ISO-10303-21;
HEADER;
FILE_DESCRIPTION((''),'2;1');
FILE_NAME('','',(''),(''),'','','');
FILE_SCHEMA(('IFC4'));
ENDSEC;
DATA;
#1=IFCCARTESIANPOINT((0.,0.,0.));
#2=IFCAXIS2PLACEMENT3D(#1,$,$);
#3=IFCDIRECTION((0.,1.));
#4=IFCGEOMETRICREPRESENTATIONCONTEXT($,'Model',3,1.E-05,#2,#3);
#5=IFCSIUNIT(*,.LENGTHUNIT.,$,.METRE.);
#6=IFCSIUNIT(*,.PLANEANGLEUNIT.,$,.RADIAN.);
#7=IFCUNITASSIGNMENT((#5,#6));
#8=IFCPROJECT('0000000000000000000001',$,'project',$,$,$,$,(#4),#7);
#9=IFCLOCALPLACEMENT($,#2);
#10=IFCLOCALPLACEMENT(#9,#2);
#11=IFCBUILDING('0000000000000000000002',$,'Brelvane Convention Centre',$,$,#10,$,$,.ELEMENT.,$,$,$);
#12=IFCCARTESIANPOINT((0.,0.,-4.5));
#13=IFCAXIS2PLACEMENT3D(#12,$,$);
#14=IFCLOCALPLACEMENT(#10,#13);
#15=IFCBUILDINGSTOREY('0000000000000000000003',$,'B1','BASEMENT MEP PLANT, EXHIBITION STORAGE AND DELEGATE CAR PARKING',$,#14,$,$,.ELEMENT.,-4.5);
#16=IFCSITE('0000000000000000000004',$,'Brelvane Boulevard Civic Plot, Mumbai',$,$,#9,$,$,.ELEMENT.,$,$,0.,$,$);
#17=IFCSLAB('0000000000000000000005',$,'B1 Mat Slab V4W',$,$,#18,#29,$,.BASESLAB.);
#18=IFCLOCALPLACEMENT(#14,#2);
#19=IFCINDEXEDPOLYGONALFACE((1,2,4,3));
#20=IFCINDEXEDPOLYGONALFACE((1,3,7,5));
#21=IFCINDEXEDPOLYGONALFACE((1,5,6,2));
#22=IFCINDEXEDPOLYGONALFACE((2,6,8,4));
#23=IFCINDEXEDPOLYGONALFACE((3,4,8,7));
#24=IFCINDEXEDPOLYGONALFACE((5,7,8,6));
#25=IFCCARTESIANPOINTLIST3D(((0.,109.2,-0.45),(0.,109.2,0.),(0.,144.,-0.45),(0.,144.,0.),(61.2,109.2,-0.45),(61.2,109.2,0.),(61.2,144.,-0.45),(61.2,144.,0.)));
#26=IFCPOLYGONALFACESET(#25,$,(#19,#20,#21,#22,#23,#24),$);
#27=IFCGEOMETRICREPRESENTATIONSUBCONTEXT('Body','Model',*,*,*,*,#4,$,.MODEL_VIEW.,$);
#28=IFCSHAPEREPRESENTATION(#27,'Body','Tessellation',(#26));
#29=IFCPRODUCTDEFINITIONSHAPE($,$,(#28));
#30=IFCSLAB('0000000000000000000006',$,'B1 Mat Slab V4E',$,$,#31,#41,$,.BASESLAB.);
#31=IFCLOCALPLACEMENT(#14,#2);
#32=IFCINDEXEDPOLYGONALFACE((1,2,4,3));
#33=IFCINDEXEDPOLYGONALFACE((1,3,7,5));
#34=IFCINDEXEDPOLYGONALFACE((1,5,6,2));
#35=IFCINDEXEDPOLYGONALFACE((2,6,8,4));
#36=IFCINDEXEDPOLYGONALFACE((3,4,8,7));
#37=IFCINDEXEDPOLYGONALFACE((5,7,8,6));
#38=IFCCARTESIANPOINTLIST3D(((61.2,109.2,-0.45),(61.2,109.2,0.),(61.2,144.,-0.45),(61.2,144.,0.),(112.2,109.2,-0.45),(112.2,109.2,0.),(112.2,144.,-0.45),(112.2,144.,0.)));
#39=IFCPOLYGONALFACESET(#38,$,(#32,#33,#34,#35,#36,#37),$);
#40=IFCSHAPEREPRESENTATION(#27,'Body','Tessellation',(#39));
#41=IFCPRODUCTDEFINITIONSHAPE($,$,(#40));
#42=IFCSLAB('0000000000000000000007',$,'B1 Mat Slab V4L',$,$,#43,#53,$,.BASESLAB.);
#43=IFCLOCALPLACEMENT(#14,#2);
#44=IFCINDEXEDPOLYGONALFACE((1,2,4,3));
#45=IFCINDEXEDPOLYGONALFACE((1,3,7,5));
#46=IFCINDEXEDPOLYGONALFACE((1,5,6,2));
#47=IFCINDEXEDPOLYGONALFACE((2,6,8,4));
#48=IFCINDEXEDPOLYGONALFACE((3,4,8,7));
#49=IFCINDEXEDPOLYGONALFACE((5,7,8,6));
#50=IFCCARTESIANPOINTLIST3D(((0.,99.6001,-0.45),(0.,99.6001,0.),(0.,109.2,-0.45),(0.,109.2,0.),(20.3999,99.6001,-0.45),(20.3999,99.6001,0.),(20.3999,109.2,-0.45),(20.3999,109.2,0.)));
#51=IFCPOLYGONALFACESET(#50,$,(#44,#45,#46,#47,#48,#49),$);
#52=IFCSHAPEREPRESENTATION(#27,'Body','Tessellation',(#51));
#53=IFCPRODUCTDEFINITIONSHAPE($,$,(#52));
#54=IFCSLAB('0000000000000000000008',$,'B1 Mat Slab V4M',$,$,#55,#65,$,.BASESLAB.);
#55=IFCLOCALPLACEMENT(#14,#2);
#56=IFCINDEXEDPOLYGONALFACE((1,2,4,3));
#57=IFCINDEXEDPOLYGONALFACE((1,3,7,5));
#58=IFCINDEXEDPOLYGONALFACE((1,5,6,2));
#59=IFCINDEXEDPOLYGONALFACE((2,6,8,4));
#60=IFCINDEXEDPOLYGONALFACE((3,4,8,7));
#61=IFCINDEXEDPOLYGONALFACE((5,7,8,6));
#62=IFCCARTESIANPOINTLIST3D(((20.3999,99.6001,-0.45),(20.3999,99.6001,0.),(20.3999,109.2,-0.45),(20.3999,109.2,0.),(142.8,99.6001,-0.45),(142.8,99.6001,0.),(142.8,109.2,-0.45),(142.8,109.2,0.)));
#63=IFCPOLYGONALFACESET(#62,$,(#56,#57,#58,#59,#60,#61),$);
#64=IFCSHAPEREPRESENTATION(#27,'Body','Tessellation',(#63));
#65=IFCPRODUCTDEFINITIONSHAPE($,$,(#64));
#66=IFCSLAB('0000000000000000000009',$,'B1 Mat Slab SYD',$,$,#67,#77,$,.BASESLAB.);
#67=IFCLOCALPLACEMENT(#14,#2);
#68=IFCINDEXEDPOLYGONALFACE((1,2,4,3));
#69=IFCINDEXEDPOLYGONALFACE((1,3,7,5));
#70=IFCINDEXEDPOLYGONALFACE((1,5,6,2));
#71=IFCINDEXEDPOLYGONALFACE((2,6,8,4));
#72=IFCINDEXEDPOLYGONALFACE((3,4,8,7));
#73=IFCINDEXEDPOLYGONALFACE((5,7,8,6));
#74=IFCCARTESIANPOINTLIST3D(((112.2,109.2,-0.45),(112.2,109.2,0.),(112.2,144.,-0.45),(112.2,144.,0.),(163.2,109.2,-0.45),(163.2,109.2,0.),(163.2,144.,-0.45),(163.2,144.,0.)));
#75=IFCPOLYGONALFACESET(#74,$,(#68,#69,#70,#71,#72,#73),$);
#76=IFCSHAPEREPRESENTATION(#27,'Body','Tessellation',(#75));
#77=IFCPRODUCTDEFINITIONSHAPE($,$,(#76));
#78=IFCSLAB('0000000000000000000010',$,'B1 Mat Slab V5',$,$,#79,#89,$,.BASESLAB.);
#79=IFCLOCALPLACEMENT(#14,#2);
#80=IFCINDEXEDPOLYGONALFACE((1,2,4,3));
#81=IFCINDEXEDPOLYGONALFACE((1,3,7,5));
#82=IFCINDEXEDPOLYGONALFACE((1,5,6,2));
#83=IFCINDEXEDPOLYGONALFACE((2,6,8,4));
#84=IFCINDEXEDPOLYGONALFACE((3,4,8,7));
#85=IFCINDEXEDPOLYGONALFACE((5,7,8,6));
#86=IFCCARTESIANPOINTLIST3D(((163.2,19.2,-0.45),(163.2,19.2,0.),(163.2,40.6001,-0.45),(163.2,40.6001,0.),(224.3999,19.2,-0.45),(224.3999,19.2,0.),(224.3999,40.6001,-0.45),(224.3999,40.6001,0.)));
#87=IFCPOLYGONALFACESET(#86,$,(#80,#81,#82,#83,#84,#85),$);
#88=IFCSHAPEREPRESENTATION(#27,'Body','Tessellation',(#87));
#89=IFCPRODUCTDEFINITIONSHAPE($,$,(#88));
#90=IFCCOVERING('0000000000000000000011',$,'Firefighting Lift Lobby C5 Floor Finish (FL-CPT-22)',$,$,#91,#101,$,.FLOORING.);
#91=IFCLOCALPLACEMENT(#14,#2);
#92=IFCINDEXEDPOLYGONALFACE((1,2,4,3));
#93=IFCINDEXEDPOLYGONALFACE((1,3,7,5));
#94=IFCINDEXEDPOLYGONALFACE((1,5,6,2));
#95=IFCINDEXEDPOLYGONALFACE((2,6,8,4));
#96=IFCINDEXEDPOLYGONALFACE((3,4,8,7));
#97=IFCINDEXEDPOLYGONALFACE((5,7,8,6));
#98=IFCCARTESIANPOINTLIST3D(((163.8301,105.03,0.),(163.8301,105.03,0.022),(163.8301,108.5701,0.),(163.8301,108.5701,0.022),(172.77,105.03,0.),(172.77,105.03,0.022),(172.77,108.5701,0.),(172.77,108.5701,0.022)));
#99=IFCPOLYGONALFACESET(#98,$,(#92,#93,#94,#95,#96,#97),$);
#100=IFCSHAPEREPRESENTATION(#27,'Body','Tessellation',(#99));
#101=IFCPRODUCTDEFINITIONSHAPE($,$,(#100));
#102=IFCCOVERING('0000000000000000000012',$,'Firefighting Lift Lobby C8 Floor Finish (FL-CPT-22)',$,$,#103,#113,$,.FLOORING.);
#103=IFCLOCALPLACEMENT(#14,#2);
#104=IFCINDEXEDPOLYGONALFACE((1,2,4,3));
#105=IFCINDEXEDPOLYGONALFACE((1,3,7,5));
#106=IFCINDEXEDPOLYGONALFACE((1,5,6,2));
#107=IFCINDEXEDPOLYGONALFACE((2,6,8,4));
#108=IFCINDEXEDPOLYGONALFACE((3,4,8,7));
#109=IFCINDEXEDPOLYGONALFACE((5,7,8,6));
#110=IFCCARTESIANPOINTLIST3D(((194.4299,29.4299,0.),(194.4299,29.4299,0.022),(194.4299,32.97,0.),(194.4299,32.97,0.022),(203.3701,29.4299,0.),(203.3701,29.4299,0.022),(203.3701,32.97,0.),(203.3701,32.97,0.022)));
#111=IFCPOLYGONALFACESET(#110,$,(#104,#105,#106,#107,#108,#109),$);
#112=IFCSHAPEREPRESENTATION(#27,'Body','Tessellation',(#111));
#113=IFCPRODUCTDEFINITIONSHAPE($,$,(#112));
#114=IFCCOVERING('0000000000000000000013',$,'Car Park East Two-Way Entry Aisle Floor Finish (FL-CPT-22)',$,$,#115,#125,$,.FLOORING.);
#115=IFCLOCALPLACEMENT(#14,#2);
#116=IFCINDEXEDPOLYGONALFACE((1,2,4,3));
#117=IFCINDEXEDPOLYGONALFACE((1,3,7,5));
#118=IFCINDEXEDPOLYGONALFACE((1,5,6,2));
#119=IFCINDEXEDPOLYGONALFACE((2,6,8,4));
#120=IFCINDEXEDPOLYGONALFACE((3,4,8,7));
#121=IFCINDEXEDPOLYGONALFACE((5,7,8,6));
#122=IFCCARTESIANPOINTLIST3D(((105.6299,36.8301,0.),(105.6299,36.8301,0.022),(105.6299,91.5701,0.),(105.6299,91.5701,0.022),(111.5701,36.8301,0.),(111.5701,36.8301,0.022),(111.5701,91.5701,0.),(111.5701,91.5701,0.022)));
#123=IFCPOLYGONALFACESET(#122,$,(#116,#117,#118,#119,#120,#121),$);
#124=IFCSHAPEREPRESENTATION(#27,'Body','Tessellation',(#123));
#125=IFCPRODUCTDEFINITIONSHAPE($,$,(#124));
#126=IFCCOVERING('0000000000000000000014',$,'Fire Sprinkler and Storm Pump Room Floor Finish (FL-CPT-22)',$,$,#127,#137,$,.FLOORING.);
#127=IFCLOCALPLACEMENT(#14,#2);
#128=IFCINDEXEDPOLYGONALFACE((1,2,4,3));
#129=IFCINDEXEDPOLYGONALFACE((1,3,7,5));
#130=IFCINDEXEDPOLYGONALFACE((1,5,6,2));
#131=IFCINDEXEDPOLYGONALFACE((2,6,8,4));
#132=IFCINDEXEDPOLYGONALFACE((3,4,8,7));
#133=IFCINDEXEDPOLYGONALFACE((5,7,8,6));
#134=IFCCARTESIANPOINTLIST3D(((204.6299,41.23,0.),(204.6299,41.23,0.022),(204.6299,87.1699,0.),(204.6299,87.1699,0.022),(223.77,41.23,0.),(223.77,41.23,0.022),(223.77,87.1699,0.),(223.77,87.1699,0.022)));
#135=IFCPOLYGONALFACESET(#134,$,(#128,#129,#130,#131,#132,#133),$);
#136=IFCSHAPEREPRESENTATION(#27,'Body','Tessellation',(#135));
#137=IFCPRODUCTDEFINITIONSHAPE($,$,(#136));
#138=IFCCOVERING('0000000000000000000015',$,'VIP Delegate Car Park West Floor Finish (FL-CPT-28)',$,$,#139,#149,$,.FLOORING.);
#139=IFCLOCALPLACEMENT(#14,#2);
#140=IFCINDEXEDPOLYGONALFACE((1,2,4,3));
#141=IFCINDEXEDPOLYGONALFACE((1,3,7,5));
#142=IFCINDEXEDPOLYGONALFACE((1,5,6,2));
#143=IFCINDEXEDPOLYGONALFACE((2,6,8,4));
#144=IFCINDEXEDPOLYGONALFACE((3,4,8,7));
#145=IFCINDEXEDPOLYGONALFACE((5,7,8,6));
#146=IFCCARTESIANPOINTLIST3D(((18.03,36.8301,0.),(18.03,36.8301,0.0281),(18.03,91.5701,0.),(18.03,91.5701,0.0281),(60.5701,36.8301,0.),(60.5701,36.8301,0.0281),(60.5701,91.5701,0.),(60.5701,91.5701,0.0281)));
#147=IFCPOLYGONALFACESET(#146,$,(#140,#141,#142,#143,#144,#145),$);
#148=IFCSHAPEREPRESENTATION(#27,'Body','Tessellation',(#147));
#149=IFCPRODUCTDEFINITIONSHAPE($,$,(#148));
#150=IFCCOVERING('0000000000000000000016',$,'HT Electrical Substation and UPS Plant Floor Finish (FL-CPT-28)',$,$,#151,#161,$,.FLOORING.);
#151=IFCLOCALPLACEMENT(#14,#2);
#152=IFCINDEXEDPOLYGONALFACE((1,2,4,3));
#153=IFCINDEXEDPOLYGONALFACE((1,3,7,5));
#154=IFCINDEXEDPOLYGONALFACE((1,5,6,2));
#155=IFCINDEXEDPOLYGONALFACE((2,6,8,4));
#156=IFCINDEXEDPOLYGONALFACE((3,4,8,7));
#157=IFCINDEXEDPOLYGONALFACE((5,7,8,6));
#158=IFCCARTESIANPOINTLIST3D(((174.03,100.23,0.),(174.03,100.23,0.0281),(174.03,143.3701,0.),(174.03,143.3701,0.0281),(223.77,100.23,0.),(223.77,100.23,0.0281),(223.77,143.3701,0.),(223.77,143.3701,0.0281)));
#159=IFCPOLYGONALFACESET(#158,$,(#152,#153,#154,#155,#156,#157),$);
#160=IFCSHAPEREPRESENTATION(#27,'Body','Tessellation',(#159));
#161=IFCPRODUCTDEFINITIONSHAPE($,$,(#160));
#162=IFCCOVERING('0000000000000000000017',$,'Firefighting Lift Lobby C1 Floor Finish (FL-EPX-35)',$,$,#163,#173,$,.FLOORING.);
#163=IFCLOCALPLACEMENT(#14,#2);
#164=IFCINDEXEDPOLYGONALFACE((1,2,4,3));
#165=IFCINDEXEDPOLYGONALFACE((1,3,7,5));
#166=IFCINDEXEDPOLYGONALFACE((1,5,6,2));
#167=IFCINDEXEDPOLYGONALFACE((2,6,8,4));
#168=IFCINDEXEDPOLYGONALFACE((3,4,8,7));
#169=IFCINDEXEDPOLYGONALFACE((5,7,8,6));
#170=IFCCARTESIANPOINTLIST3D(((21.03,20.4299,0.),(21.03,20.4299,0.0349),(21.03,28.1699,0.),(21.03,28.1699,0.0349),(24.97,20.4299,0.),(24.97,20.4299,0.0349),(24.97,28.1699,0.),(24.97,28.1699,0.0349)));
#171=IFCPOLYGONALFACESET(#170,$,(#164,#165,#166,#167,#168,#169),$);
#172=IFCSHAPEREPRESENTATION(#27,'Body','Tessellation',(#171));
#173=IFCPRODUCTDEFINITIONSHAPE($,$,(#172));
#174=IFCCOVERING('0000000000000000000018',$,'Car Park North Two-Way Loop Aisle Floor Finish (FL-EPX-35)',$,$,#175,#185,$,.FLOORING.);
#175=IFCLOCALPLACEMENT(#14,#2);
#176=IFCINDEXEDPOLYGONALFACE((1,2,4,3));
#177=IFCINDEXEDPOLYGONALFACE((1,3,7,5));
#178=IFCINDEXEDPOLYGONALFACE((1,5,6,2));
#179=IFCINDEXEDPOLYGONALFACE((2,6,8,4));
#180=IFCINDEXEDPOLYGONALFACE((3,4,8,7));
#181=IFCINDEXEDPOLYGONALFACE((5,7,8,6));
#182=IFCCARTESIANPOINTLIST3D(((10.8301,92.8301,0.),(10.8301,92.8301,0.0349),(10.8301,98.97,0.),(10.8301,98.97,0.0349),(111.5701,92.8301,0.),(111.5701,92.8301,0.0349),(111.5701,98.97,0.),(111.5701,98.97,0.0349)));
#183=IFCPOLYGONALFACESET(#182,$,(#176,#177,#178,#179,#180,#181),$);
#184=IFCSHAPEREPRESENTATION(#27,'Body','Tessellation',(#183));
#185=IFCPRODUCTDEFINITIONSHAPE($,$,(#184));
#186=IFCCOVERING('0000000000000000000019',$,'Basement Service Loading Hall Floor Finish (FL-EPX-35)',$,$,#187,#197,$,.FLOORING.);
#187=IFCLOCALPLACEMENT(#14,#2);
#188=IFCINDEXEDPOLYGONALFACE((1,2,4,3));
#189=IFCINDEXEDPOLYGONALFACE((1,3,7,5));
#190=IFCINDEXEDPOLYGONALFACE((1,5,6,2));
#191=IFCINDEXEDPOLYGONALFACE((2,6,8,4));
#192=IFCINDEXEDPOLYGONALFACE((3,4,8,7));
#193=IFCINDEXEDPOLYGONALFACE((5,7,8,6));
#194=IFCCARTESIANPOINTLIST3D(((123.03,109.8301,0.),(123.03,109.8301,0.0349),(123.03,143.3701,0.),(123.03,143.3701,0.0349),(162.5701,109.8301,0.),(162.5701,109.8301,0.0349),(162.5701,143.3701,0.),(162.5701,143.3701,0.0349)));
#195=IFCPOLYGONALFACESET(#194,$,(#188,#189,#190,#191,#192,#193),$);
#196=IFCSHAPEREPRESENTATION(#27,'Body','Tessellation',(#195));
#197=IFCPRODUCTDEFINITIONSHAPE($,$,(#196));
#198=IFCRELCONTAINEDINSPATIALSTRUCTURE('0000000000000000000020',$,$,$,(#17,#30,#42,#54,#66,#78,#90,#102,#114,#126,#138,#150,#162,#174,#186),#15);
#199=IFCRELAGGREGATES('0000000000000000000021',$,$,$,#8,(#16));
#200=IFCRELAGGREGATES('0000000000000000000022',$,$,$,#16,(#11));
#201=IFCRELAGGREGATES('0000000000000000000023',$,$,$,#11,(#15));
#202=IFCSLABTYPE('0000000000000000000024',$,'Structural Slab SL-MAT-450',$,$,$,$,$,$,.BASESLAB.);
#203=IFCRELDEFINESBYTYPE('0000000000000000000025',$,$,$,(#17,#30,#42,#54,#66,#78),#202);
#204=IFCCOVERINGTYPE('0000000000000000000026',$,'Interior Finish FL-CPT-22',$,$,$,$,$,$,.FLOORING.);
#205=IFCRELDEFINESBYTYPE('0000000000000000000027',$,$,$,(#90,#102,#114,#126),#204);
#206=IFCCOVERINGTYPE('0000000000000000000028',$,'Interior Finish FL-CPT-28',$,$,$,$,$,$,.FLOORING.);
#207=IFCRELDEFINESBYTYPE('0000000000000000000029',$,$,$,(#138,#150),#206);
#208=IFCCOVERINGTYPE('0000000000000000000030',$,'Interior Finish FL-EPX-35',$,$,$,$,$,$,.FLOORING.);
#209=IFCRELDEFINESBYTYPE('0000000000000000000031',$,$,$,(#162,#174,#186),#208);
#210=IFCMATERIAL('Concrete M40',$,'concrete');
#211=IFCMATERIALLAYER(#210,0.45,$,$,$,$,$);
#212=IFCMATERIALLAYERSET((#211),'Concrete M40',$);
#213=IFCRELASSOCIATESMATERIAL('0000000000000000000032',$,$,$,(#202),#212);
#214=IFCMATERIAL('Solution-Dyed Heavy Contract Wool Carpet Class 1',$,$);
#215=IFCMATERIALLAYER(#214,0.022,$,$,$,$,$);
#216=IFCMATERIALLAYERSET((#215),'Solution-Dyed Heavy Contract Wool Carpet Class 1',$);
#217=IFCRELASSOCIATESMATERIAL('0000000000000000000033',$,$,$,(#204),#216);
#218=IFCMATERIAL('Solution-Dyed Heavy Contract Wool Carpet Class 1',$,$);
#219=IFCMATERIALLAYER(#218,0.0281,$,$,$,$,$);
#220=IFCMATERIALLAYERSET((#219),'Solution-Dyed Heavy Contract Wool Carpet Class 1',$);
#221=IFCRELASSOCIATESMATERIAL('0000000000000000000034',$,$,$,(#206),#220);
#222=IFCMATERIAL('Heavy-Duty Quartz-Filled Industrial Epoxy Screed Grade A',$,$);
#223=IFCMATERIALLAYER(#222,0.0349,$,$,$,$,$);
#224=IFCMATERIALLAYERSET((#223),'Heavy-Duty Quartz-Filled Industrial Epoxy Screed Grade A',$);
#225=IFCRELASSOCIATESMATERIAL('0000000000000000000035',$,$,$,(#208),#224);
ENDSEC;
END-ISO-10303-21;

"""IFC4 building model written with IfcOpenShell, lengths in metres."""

from ifc_helpers import new_model, si_unit, direction, frame, origin, place, context, subcontext, project, spatial, polyline, outline, extrude, material, layer, layer_set, type_object, element, save


model = new_model("IFC4")

# Units and contexts
model_context = context("Model", 3, precision=1e-05, world=origin(), true_north=direction((0.0, 1.0)))
body_context = subcontext(model_context, "Body", "Model", "MODEL_VIEW")
ifc_project = project(units=[si_unit("LENGTHUNIT", "METRE"), si_unit("PLANEANGLEUNIT", "RADIAN")], contexts=[model_context])

# Site, building, storey
site_placement = place(None, origin())
site = spatial("IfcSite", under=ifc_project, at=site_placement, Name="Brelvane Boulevard Civic Plot, Mumbai", CompositionType="ELEMENT", RefElevation=0.0)
building_placement = place(site_placement, origin())
building = spatial("IfcBuilding", under=site, at=building_placement, Name="Brelvane Convention Centre", CompositionType="ELEMENT")
storey_placement = place(building_placement, frame((0.0, 0.0, -4.5)))
storey = spatial("IfcBuildingStorey", under=building, at=storey_placement, Name="B1", Description="BASEMENT MEP PLANT, EXHIBITION STORAGE AND DELEGATE CAR PARKING", CompositionType="ELEMENT", Elevation=-4.5)

# Slabs
ifc_material_1 = material(Name="Concrete M40", Category="concrete")
ifc_layer_1 = layer(ifc_material_1, 0.45)
ifc_layer_set_1 = layer_set([ifc_layer_1], Name="Concrete M40")
slab_type = type_object("IfcSlabType", Name="Structural Slab SL-MAT-450", PredefinedType="BASESLAB", material=ifc_layer_set_1)
slab_1_placement = place(storey_placement, frame((0.0, 0.0, -0.45)))
element("IfcSlab", 1, at=slab_1_placement, inside=storey, type_object=slab_type, Name="B1 Mat Slab V4W", PredefinedType="BASESLAB", context=body_context, shape_type="SweptSolid", body=[
    extrude(outline(polyline([(0.0, 109.2), (61.2, 109.2), (61.2, 144.0), (0.0, 144.0), (0.0, 109.2)])), origin(), (0.0, 0.0, 1.0), 0.45),
])
slab_2_placement = place(storey_placement, frame((0.0, 0.0, -0.45)))
element("IfcSlab", 2, at=slab_2_placement, inside=storey, type_object=slab_type, Name="B1 Mat Slab V4E", PredefinedType="BASESLAB", context=body_context, shape_type="SweptSolid", body=[
    extrude(outline(polyline([(61.2, 109.2), (112.2, 109.2), (112.2, 144.0), (61.2, 144.0), (61.2, 109.2)])), origin(), (0.0, 0.0, 1.0), 0.45),
])
slab_3_placement = place(storey_placement, frame((0.0, 0.0, -0.45)))
element("IfcSlab", 3, at=slab_3_placement, inside=storey, type_object=slab_type, Name="B1 Mat Slab V4L", PredefinedType="BASESLAB", context=body_context, shape_type="SweptSolid", body=[
    extrude(outline(polyline([(0.0, 99.6001), (20.3999, 99.6001), (20.3999, 109.2), (0.0, 109.2), (0.0, 99.6001)])), origin(), (0.0, 0.0, 1.0), 0.45),
])
slab_4_placement = place(storey_placement, frame((0.0, 0.0, -0.45)))
element("IfcSlab", 4, at=slab_4_placement, inside=storey, type_object=slab_type, Name="B1 Mat Slab V4M", PredefinedType="BASESLAB", context=body_context, shape_type="SweptSolid", body=[
    extrude(outline(polyline([(20.3999, 99.6001), (142.8, 99.6001), (142.8, 109.2), (20.3999, 109.2), (20.3999, 99.6001)])), origin(), (0.0, 0.0, 1.0), 0.45),
])
slab_5_placement = place(storey_placement, frame((0.0, 0.0, -0.45)))
element("IfcSlab", 5, at=slab_5_placement, inside=storey, type_object=slab_type, Name="B1 Mat Slab SYD", PredefinedType="BASESLAB", context=body_context, shape_type="SweptSolid", body=[
    extrude(outline(polyline([(112.2, 109.2), (163.2, 109.2), (163.2, 144.0), (112.2, 144.0), (112.2, 109.2)])), origin(), (0.0, 0.0, 1.0), 0.45),
])
slab_6_placement = place(storey_placement, frame((0.0, 0.0, -0.45)))
element("IfcSlab", 6, at=slab_6_placement, inside=storey, type_object=slab_type, Name="B1 Mat Slab V5", PredefinedType="BASESLAB", context=body_context, shape_type="SweptSolid", body=[
    extrude(outline(polyline([(163.2, 19.2), (224.3999, 19.2), (224.3999, 40.6001), (163.2, 40.6001), (163.2, 19.2)])), origin(), (0.0, 0.0, 1.0), 0.45),
])

# Coverings
ifc_material_2 = material(Name="Solution-Dyed Heavy Contract Wool Carpet Class 1")
ifc_layer_2 = layer(ifc_material_2, 0.022)
ifc_layer_set_2 = layer_set([ifc_layer_2], Name="Solution-Dyed Heavy Contract Wool Carpet Class 1")
covering_type_1 = type_object("IfcCoveringType", Name="Interior Finish FL-CPT-22", PredefinedType="FLOORING", material=ifc_layer_set_2)
covering_1_placement = place(storey_placement, origin())
element("IfcCovering", 7, at=covering_1_placement, inside=storey, type_object=covering_type_1, Name="Firefighting Lift Lobby C5 Floor Finish (FL-CPT-22)", PredefinedType="FLOORING", context=body_context, shape_type="SweptSolid", body=[
    extrude(outline(polyline([(163.8301, 105.03), (172.77, 105.03), (172.77, 108.5701), (163.8301, 108.5701), (163.8301, 105.03)])), origin(), (0.0, 0.0, 1.0), 0.022),
])
covering_2_placement = place(storey_placement, origin())
element("IfcCovering", 8, at=covering_2_placement, inside=storey, type_object=covering_type_1, Name="Firefighting Lift Lobby C8 Floor Finish (FL-CPT-22)", PredefinedType="FLOORING", context=body_context, shape_type="SweptSolid", body=[
    extrude(outline(polyline([(194.4299, 29.4299), (203.3701, 29.4299), (203.3701, 32.97), (194.4299, 32.97), (194.4299, 29.4299)])), origin(), (0.0, 0.0, 1.0), 0.022),
])
covering_3_placement = place(storey_placement, origin())
element("IfcCovering", 9, at=covering_3_placement, inside=storey, type_object=covering_type_1, Name="Car Park East Two-Way Entry Aisle Floor Finish (FL-CPT-22)", PredefinedType="FLOORING", context=body_context, shape_type="SweptSolid", body=[
    extrude(outline(polyline([(105.6299, 36.8301), (111.5701, 36.8301), (111.5701, 91.5701), (105.6299, 91.5701), (105.6299, 36.8301)])), origin(), (0.0, 0.0, 1.0), 0.022),
])
covering_4_placement = place(storey_placement, origin())
element("IfcCovering", 10, at=covering_4_placement, inside=storey, type_object=covering_type_1, Name="Fire Sprinkler and Storm Pump Room Floor Finish (FL-CPT-22)", PredefinedType="FLOORING", context=body_context, shape_type="SweptSolid", body=[
    extrude(outline(polyline([(204.6299, 41.23), (223.77, 41.23), (223.77, 87.1699), (204.6299, 87.1699), (204.6299, 41.23)])), origin(), (0.0, 0.0, 1.0), 0.022),
])
ifc_material_3 = material(Name="Solution-Dyed Heavy Contract Wool Carpet Class 1")
ifc_layer_3 = layer(ifc_material_3, 0.0281)
ifc_layer_set_3 = layer_set([ifc_layer_3], Name="Solution-Dyed Heavy Contract Wool Carpet Class 1")
covering_type_2 = type_object("IfcCoveringType", Name="Interior Finish FL-CPT-28", PredefinedType="FLOORING", material=ifc_layer_set_3)
covering_5_placement = place(storey_placement, origin())
element("IfcCovering", 11, at=covering_5_placement, inside=storey, type_object=covering_type_2, Name="VIP Delegate Car Park West Floor Finish (FL-CPT-28)", PredefinedType="FLOORING", context=body_context, shape_type="SweptSolid", body=[
    extrude(outline(polyline([(18.03, 36.8301), (60.5701, 36.8301), (60.5701, 91.5701), (18.03, 91.5701), (18.03, 36.8301)])), origin(), (0.0, 0.0, 1.0), 0.0281),
])
covering_6_placement = place(storey_placement, origin())
element("IfcCovering", 12, at=covering_6_placement, inside=storey, type_object=covering_type_2, Name="HT Electrical Substation and UPS Plant Floor Finish (FL-CPT-28)", PredefinedType="FLOORING", context=body_context, shape_type="SweptSolid", body=[
    extrude(outline(polyline([(174.03, 100.23), (223.77, 100.23), (223.77, 143.3701), (174.03, 143.3701), (174.03, 100.23)])), origin(), (0.0, 0.0, 1.0), 0.0281),
])
ifc_material_4 = material(Name="Heavy-Duty Quartz-Filled Industrial Epoxy Screed Grade A")
ifc_layer_4 = layer(ifc_material_4, 0.0349)
ifc_layer_set_4 = layer_set([ifc_layer_4], Name="Heavy-Duty Quartz-Filled Industrial Epoxy Screed Grade A")
covering_type_3 = type_object("IfcCoveringType", Name="Interior Finish FL-EPX-35", PredefinedType="FLOORING", material=ifc_layer_set_4)
covering_7_placement = place(storey_placement, origin())
element("IfcCovering", 13, at=covering_7_placement, inside=storey, type_object=covering_type_3, Name="Firefighting Lift Lobby C1 Floor Finish (FL-EPX-35)", PredefinedType="FLOORING", context=body_context, shape_type="SweptSolid", body=[
    extrude(outline(polyline([(21.03, 20.4299), (24.97, 20.4299), (24.97, 28.1699), (21.03, 28.1699), (21.03, 20.4299)])), origin(), (0.0, 0.0, 1.0), 0.0349),
])
covering_8_placement = place(storey_placement, origin())
element("IfcCovering", 14, at=covering_8_placement, inside=storey, type_object=covering_type_3, Name="Car Park North Two-Way Loop Aisle Floor Finish (FL-EPX-35)", PredefinedType="FLOORING", context=body_context, shape_type="SweptSolid", body=[
    extrude(outline(polyline([(10.8301, 92.8301), (111.5701, 92.8301), (111.5701, 98.97), (10.8301, 98.97), (10.8301, 92.8301)])), origin(), (0.0, 0.0, 1.0), 0.0349),
])
covering_9_placement = place(storey_placement, origin())
element("IfcCovering", 15, at=covering_9_placement, inside=storey, type_object=covering_type_3, Name="Basement Service Loading Hall Floor Finish (FL-EPX-35)", PredefinedType="FLOORING", context=body_context, shape_type="SweptSolid", body=[
    extrude(outline(polyline([(123.03, 109.8301), (162.5701, 109.8301), (162.5701, 143.3701), (123.03, 143.3701), (123.03, 109.8301)])), origin(), (0.0, 0.0, 1.0), 0.0349),
])

save(model, "model.ifc")
